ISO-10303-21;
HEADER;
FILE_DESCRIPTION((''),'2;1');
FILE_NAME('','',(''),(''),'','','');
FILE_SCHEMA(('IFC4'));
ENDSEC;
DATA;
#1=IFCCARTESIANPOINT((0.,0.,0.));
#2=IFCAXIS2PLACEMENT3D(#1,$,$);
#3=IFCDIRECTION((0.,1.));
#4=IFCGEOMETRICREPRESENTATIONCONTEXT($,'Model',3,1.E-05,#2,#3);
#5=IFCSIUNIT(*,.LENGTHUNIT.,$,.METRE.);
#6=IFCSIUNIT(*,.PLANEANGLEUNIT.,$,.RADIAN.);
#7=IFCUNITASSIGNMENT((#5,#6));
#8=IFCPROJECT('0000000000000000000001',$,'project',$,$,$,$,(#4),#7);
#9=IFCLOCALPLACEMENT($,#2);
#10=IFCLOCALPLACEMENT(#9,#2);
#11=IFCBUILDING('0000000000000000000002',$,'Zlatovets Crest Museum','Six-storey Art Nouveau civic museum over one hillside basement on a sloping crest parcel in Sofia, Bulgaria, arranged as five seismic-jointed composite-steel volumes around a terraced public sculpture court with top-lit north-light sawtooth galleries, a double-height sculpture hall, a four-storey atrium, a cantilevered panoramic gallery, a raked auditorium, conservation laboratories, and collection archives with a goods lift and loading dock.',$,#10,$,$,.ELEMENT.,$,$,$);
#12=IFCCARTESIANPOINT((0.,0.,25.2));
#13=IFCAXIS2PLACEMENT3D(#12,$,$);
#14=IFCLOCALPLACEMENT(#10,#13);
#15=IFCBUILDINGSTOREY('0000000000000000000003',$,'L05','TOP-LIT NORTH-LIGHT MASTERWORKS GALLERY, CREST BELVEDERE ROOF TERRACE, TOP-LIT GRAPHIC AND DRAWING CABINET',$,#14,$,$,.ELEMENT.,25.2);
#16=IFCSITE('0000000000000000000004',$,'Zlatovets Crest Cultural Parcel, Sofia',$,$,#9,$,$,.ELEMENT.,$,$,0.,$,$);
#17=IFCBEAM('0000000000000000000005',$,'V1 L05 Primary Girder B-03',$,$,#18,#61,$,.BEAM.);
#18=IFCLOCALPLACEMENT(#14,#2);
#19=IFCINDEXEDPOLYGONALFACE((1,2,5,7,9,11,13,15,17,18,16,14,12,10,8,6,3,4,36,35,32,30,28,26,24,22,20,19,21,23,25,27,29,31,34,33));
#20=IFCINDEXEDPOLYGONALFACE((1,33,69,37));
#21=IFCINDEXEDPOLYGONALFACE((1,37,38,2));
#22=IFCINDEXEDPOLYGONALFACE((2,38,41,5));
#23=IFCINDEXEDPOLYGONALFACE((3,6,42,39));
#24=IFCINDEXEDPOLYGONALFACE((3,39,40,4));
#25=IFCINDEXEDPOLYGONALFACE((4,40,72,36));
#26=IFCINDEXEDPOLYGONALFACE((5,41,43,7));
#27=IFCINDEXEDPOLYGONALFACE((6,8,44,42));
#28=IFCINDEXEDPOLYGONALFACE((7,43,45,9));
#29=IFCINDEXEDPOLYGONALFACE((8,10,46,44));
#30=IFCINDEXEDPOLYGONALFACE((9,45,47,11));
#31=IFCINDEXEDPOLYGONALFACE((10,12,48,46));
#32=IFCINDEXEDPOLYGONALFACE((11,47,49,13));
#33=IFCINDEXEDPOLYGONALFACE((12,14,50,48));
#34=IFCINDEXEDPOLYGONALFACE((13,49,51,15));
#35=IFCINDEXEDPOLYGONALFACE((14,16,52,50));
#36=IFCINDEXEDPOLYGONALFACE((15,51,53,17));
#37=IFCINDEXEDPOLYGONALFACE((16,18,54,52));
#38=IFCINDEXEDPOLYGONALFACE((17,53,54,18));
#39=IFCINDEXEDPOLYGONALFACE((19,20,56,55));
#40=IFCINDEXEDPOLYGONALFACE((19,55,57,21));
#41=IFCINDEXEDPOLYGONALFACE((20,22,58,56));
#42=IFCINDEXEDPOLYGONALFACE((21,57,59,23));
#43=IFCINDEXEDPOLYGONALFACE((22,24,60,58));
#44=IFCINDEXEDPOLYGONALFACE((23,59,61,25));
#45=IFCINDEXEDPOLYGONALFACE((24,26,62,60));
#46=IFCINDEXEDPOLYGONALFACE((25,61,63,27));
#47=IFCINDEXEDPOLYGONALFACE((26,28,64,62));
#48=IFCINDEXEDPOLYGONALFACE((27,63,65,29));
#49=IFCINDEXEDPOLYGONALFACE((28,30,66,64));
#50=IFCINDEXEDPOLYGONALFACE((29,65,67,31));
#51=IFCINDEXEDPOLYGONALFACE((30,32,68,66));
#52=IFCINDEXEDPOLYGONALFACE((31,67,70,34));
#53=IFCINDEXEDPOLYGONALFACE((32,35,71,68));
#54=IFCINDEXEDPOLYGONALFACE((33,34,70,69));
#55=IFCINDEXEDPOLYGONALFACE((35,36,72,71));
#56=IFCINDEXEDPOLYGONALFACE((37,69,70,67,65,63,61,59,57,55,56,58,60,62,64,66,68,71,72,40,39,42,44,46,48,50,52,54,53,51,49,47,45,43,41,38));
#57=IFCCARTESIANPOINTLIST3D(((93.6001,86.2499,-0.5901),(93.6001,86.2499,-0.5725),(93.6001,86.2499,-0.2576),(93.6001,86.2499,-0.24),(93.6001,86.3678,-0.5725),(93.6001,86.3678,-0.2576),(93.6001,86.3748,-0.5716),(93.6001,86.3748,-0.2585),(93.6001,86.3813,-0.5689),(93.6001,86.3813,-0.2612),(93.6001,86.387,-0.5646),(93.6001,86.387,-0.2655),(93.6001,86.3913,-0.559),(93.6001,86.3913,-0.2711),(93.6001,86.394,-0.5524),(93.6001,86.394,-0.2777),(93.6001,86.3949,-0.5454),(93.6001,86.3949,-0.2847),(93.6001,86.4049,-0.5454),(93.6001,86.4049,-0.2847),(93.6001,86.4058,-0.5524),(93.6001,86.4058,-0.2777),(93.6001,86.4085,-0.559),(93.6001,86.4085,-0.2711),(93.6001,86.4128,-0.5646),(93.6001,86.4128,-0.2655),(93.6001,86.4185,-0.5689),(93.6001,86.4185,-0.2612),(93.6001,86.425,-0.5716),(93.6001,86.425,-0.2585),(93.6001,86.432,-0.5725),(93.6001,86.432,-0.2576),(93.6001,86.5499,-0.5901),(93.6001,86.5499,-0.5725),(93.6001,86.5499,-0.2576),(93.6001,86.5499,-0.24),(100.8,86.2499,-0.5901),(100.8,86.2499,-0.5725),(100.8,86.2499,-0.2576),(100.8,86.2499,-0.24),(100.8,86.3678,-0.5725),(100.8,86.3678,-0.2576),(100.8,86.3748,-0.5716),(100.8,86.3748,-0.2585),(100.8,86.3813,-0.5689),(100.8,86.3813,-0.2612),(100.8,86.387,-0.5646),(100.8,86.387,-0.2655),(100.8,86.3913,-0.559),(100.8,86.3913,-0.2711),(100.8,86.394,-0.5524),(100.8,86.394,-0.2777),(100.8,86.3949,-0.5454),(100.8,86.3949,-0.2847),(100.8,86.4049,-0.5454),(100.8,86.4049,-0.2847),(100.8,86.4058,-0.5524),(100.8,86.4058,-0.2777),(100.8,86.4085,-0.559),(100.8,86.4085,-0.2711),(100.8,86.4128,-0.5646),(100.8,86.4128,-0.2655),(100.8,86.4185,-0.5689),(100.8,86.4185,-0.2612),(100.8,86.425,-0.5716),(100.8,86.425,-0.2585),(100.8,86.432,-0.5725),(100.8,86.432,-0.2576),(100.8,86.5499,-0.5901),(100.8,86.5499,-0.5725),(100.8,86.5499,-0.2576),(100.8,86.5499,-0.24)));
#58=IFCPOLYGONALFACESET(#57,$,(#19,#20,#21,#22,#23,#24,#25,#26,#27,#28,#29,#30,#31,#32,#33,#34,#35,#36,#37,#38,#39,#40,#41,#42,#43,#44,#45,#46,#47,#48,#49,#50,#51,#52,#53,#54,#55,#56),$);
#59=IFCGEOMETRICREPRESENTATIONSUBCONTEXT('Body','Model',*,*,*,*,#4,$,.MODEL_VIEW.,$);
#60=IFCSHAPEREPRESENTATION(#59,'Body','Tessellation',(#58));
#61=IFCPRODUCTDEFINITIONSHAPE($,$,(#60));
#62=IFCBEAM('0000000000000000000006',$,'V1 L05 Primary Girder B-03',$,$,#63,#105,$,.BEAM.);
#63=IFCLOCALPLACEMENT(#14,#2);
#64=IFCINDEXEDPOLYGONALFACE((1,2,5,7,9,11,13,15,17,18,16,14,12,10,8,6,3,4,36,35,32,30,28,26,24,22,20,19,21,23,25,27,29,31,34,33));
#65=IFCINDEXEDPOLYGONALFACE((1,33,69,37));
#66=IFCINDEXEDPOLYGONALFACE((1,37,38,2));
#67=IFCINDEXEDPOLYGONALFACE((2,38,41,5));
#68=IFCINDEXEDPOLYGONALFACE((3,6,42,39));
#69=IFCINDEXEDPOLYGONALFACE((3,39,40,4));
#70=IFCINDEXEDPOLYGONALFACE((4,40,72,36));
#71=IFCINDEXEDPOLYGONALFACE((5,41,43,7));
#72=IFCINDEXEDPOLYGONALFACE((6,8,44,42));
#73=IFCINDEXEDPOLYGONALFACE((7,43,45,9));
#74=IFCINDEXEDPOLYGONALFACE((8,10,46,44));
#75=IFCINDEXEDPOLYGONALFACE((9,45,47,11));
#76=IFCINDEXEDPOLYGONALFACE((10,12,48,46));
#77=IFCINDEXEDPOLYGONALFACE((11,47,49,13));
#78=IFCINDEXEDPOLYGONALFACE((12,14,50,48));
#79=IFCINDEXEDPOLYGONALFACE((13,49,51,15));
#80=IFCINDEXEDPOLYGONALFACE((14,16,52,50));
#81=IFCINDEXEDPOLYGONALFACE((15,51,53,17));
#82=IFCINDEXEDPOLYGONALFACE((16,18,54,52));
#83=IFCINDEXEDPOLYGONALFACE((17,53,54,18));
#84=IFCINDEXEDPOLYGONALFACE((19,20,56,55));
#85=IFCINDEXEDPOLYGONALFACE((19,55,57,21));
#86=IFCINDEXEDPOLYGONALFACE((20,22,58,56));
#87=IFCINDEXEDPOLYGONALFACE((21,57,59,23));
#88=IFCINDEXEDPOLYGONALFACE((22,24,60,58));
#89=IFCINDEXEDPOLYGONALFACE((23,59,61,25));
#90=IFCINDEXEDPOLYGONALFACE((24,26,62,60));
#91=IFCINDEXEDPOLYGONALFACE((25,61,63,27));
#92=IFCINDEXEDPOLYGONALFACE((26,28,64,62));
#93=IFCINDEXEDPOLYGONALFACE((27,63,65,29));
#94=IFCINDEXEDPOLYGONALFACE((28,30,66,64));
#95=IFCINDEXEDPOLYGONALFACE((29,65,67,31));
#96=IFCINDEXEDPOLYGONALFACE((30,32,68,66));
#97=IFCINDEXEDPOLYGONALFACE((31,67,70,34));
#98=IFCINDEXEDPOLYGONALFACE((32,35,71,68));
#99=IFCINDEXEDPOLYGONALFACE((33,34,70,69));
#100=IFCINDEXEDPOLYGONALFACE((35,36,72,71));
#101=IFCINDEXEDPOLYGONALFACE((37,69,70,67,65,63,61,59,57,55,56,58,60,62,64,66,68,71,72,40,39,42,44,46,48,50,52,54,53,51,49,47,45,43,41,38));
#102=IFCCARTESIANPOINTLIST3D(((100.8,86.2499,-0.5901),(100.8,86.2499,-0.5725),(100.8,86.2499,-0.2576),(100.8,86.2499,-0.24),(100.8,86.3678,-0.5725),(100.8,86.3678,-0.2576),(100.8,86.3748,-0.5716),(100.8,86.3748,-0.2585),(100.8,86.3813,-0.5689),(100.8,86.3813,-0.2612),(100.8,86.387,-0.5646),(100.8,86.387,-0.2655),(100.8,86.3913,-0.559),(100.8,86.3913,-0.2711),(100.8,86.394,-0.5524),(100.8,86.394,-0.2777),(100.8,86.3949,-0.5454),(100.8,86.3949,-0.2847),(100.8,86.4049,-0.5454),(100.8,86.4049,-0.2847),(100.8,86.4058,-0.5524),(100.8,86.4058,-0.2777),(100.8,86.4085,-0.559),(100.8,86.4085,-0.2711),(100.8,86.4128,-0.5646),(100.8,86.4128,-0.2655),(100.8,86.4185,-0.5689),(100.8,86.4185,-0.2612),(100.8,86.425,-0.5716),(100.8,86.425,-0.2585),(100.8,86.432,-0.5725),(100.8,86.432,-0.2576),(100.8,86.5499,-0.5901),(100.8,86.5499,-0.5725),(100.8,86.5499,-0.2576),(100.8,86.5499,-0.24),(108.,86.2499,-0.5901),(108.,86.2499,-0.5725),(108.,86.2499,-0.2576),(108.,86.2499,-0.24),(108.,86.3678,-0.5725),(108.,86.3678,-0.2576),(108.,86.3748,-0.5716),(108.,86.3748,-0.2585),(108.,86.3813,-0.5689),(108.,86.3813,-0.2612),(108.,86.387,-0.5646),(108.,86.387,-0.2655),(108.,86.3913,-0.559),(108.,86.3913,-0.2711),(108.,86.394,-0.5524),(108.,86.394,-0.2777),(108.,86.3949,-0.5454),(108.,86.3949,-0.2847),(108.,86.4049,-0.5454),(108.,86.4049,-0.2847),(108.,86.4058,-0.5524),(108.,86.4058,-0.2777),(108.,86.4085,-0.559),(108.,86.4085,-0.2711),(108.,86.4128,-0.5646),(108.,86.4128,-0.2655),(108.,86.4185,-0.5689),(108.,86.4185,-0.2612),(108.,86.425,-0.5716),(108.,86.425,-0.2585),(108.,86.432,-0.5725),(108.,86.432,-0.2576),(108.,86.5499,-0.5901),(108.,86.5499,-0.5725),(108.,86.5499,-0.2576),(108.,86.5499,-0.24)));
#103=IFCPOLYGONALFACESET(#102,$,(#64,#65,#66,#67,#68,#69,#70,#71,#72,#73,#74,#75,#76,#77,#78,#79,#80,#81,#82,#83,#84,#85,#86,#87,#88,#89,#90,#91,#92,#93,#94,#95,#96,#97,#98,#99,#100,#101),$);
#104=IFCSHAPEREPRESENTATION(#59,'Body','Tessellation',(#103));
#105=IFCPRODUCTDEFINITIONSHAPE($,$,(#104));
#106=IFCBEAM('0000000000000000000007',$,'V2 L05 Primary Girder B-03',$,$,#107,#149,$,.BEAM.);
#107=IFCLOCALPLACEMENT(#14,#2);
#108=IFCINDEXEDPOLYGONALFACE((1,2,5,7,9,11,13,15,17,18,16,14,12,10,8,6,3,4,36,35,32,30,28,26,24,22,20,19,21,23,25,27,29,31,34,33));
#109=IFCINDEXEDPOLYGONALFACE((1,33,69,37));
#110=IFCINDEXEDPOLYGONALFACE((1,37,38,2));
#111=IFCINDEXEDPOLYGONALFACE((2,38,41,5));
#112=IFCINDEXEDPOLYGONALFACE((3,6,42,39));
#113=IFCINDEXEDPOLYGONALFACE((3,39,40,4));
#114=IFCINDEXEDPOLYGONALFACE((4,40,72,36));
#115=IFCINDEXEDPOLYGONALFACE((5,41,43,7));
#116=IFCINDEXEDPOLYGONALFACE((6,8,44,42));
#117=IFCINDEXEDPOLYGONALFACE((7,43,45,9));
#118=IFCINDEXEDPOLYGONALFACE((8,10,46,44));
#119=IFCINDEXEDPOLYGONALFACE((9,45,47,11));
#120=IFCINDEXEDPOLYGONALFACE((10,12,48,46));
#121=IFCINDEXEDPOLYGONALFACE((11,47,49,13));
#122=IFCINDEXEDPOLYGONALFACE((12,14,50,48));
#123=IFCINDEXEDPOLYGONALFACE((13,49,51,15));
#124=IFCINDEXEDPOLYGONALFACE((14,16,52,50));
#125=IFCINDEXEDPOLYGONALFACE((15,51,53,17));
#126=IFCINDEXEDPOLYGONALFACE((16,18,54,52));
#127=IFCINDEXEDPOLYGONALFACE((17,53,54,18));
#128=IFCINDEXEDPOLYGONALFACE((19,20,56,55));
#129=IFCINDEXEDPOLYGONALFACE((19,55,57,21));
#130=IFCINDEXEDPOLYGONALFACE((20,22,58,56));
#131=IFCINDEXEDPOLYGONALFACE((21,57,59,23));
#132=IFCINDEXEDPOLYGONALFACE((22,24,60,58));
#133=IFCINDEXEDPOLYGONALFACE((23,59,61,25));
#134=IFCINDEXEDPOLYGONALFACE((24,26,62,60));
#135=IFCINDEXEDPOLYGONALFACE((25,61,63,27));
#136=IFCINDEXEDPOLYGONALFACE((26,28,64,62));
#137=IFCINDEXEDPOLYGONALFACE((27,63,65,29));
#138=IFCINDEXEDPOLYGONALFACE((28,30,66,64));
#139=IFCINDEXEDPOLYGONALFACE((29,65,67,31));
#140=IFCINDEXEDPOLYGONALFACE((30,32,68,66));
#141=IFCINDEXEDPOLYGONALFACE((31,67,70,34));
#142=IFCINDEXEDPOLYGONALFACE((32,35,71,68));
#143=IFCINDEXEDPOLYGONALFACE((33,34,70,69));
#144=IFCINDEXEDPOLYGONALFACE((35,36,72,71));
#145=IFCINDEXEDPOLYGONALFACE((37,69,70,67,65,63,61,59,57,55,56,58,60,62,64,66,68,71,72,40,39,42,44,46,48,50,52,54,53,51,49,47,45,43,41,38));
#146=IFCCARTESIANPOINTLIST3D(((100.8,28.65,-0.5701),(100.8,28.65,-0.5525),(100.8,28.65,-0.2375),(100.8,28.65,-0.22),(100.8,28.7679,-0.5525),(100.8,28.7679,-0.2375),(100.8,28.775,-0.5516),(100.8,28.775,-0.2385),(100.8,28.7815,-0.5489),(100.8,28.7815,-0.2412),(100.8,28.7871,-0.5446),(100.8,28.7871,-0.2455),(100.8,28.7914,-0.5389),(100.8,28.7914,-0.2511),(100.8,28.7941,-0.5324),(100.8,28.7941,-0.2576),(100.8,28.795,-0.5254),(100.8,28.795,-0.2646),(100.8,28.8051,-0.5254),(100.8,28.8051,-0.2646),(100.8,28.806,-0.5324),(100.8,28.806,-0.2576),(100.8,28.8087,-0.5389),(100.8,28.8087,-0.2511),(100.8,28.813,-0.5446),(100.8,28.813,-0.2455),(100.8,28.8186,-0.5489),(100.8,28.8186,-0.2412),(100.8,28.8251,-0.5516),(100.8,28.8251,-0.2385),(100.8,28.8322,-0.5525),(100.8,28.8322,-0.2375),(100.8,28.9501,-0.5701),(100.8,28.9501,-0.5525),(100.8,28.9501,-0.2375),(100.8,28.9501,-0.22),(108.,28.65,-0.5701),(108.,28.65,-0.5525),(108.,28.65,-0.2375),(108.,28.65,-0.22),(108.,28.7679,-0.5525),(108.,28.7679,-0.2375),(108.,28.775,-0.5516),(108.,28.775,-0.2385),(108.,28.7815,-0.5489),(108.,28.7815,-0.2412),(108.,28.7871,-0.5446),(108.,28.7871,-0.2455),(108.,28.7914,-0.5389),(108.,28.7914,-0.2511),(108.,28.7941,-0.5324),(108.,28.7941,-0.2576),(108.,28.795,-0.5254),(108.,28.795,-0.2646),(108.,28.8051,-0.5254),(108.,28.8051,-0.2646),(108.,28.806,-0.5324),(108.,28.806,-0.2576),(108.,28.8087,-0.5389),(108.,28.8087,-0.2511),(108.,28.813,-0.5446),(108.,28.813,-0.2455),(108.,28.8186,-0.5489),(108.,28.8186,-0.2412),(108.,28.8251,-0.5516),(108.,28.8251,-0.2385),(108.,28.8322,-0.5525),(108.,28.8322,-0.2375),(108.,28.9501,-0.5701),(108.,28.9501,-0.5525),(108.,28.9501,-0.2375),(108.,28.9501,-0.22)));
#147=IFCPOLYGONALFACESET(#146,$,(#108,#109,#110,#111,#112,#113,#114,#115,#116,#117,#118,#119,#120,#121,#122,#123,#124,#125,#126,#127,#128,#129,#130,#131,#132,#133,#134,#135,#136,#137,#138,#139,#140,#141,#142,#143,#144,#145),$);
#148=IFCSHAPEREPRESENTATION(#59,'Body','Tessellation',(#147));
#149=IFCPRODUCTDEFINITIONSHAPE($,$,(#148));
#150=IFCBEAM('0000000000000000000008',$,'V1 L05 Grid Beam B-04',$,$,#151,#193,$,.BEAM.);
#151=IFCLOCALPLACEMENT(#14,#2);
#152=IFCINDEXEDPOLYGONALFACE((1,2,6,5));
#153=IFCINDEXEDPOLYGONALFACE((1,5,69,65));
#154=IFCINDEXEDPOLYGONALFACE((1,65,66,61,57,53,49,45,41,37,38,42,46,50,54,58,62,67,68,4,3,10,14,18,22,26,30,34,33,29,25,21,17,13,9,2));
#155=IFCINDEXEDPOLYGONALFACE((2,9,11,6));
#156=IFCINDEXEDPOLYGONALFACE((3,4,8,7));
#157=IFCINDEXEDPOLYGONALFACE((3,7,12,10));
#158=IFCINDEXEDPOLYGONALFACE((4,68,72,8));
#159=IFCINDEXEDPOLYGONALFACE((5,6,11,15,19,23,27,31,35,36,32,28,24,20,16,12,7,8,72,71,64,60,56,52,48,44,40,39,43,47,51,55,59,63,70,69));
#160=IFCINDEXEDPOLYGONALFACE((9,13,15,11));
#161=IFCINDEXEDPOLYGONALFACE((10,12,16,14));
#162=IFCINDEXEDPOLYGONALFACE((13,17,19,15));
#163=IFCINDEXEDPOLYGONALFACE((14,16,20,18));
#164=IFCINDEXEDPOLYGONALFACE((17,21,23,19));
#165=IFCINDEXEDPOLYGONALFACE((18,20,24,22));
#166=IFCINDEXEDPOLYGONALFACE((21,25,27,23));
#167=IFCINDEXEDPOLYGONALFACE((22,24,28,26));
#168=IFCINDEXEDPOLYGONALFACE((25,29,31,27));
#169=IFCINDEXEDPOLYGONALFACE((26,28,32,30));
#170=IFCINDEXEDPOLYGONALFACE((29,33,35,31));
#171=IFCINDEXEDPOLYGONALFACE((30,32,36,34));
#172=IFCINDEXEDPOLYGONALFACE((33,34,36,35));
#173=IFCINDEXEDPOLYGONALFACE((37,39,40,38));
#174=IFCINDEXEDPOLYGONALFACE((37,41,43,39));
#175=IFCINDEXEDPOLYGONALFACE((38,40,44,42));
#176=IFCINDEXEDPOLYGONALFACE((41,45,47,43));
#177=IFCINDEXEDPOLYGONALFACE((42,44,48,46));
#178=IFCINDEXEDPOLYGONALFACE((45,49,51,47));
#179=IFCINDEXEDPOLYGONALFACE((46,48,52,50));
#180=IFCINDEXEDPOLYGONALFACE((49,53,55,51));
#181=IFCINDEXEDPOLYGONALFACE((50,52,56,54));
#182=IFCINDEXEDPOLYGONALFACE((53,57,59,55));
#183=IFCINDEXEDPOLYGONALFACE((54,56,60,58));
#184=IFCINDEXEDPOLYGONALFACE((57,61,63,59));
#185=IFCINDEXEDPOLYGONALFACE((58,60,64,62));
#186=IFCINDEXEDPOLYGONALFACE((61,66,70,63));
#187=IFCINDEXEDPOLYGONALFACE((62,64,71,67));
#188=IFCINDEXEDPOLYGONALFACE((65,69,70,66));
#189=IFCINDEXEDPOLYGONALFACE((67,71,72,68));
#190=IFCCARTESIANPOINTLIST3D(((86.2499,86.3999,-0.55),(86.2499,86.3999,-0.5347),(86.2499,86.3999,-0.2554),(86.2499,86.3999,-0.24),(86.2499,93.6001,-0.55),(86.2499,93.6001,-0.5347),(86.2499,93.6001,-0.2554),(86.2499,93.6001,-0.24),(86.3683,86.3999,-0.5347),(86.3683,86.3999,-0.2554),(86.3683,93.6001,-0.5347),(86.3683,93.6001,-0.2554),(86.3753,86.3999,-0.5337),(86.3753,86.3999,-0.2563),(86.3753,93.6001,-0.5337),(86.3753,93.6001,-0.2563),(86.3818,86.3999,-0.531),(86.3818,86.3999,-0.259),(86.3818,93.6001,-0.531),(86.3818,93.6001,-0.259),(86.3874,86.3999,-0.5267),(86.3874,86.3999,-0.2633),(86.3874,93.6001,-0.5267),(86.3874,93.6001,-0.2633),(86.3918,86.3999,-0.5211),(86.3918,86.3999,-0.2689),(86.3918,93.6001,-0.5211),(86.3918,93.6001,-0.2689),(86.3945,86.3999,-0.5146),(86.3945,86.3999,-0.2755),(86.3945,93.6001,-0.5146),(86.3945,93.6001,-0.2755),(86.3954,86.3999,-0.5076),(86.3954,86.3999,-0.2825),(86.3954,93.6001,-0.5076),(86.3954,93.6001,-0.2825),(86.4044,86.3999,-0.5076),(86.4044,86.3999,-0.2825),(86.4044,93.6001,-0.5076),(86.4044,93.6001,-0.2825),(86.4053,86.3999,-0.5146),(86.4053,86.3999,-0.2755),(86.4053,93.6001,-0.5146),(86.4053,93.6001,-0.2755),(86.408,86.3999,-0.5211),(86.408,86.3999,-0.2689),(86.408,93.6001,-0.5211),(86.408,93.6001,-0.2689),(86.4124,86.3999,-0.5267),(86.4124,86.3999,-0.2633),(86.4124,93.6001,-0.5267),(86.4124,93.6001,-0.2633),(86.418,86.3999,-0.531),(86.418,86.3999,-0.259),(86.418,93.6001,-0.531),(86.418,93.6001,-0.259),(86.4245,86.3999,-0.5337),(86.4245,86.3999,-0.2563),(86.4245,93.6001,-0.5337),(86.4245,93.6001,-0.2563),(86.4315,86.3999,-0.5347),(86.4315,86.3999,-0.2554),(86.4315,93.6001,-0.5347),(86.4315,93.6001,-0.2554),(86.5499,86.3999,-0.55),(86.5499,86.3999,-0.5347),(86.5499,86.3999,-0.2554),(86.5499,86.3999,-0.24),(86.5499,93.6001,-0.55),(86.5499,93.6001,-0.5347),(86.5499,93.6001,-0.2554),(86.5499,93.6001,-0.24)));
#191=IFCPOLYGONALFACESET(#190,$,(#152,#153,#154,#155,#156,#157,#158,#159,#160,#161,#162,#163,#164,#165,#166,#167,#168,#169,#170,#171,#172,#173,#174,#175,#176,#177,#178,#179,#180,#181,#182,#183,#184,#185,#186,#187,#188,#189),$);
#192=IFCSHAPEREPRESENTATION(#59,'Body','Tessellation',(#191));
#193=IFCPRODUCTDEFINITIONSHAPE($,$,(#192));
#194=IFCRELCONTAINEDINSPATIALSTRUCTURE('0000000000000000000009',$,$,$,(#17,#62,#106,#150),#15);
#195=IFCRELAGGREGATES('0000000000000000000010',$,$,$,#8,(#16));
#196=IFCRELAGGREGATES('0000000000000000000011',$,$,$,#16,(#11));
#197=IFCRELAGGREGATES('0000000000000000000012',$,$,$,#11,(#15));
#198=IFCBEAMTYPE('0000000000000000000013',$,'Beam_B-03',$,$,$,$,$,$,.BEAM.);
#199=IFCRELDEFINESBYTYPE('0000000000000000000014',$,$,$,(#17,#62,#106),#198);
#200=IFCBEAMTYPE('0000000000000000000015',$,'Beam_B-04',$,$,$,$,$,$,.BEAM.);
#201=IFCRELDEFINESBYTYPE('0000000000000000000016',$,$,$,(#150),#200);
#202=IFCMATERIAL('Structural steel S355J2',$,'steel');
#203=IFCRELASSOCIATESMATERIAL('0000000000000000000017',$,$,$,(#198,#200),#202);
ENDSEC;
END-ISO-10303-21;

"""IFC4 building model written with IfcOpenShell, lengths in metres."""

from ifc_helpers import new_model, si_unit, direction, frame, origin, origin_2d, place, context, subcontext, project, spatial, i_section, extrude, material, material_profile, profile_set, type_object, element, save


model = new_model("IFC4")

# Units and contexts
model_context = context("Model", 3, precision=1e-05, world=origin(), true_north=direction((0.0, 1.0)))
body_context = subcontext(model_context, "Body", "Model", "MODEL_VIEW")
ifc_project = project(units=[si_unit("LENGTHUNIT", "METRE"), si_unit("PLANEANGLEUNIT", "RADIAN")], contexts=[model_context])

# Site, building, storey
site_placement = place(None, origin())
site = spatial("IfcSite", under=ifc_project, at=site_placement, Name="Zlatovets Crest Cultural Parcel, Sofia", CompositionType="ELEMENT", RefElevation=0.0)
building_placement = place(site_placement, origin())
building = spatial("IfcBuilding", under=site, at=building_placement, Name="Zlatovets Crest Museum", Description="Six-storey Art Nouveau civic museum over one hillside basement on a sloping crest parcel in Sofia, Bulgaria, arranged as five seismic-jointed composite-steel volumes around a terraced public sculpture court with top-lit north-light sawtooth galleries, a double-height sculpture hall, a four-storey atrium, a cantilevered panoramic gallery, a raked auditorium, conservation laboratories, and collection archives with a goods lift and loading dock.", CompositionType="ELEMENT")
storey_placement = place(building_placement, frame((0.0, 0.0, 25.2)))
storey = spatial("IfcBuildingStorey", under=building, at=storey_placement, Name="L05", Description="TOP-LIT NORTH-LIGHT MASTERWORKS GALLERY, CREST BELVEDERE ROOF TERRACE, TOP-LIT GRAPHIC AND DRAWING CABINET", CompositionType="ELEMENT", Elevation=25.2)

# Beams
ifc_material_1 = material(Name="Structural steel S355J2", Category="steel")
ifc_material_profile_1 = material_profile(ifc_material_1, i_section(OverallWidth=0.3, OverallDepth=0.3501, WebThickness=0.01, FlangeThickness=0.0176, FilletRadius=0.0271, at=origin_2d()), Name="HEA 360")
ifc_profile_set_1 = profile_set([ifc_material_profile_1], Name="Structural steel S355J2")
beam_type_1 = type_object("IfcBeamType", Name="Beam_B-03", PredefinedType="BEAM", material=ifc_profile_set_1)
for number, where, z_axis, x_axis, name in (
    (1, (93.6001, 86.3999, -0.415), (1.0, 0.0, 0.0), (0.0, 1.0, 0.0), "V1 L05 Primary Girder B-03"),
    (2, (100.8, 86.3999, -0.415), (1.0, 0.0, 0.0), (0.0, 1.0, 0.0), "V1 L05 Primary Girder B-03"),
    (3, (100.8, 28.8, -0.395), (1.0, 0.0, 0.0), (0.0, 1.0, 0.0), "V2 L05 Primary Girder B-03"),
):
    element("IfcBeam", number, at=place(storey_placement, frame(where, z_axis=z_axis, x_axis=x_axis)), inside=storey, type_object=beam_type_1, Name=name, PredefinedType="BEAM", context=body_context, shape_type="SweptSolid", body=[
        extrude(i_section(OverallWidth=0.3, OverallDepth=0.3501, WebThickness=0.01, FlangeThickness=0.0176, FilletRadius=0.0271, at=origin_2d()), origin(), (0.0, 0.0, 1.0), 7.2),
    ])
ifc_material_profile_2 = material_profile(ifc_material_1, i_section(OverallWidth=0.3, OverallDepth=0.3101, WebThickness=0.009, FlangeThickness=0.0154, FilletRadius=0.0271, at=origin_2d()), Name="HEA 320")
ifc_profile_set_2 = profile_set([ifc_material_profile_2], Name="Structural steel S355J2")
beam_type_2 = type_object("IfcBeamType", Name="Beam_B-04", PredefinedType="BEAM", material=ifc_profile_set_2)
for number, where, z_axis, x_axis, name in (
    (4, (86.3999, 86.3999, -0.395), (0.0, 1.0, 0.0), (-1.0, 0.0, 0.0), "V1 L05 Grid Beam B-04"),
):
    element("IfcBeam", number, at=place(storey_placement, frame(where, z_axis=z_axis, x_axis=x_axis)), inside=storey, type_object=beam_type_2, Name=name, PredefinedType="BEAM", context=body_context, shape_type="SweptSolid", body=[
        extrude(i_section(OverallWidth=0.3, OverallDepth=0.3101, WebThickness=0.009, FlangeThickness=0.0154, FilletRadius=0.0271, at=origin_2d()), origin(), (0.0, 0.0, 1.0), 7.2002),
    ])

save(model, "model.ifc")
